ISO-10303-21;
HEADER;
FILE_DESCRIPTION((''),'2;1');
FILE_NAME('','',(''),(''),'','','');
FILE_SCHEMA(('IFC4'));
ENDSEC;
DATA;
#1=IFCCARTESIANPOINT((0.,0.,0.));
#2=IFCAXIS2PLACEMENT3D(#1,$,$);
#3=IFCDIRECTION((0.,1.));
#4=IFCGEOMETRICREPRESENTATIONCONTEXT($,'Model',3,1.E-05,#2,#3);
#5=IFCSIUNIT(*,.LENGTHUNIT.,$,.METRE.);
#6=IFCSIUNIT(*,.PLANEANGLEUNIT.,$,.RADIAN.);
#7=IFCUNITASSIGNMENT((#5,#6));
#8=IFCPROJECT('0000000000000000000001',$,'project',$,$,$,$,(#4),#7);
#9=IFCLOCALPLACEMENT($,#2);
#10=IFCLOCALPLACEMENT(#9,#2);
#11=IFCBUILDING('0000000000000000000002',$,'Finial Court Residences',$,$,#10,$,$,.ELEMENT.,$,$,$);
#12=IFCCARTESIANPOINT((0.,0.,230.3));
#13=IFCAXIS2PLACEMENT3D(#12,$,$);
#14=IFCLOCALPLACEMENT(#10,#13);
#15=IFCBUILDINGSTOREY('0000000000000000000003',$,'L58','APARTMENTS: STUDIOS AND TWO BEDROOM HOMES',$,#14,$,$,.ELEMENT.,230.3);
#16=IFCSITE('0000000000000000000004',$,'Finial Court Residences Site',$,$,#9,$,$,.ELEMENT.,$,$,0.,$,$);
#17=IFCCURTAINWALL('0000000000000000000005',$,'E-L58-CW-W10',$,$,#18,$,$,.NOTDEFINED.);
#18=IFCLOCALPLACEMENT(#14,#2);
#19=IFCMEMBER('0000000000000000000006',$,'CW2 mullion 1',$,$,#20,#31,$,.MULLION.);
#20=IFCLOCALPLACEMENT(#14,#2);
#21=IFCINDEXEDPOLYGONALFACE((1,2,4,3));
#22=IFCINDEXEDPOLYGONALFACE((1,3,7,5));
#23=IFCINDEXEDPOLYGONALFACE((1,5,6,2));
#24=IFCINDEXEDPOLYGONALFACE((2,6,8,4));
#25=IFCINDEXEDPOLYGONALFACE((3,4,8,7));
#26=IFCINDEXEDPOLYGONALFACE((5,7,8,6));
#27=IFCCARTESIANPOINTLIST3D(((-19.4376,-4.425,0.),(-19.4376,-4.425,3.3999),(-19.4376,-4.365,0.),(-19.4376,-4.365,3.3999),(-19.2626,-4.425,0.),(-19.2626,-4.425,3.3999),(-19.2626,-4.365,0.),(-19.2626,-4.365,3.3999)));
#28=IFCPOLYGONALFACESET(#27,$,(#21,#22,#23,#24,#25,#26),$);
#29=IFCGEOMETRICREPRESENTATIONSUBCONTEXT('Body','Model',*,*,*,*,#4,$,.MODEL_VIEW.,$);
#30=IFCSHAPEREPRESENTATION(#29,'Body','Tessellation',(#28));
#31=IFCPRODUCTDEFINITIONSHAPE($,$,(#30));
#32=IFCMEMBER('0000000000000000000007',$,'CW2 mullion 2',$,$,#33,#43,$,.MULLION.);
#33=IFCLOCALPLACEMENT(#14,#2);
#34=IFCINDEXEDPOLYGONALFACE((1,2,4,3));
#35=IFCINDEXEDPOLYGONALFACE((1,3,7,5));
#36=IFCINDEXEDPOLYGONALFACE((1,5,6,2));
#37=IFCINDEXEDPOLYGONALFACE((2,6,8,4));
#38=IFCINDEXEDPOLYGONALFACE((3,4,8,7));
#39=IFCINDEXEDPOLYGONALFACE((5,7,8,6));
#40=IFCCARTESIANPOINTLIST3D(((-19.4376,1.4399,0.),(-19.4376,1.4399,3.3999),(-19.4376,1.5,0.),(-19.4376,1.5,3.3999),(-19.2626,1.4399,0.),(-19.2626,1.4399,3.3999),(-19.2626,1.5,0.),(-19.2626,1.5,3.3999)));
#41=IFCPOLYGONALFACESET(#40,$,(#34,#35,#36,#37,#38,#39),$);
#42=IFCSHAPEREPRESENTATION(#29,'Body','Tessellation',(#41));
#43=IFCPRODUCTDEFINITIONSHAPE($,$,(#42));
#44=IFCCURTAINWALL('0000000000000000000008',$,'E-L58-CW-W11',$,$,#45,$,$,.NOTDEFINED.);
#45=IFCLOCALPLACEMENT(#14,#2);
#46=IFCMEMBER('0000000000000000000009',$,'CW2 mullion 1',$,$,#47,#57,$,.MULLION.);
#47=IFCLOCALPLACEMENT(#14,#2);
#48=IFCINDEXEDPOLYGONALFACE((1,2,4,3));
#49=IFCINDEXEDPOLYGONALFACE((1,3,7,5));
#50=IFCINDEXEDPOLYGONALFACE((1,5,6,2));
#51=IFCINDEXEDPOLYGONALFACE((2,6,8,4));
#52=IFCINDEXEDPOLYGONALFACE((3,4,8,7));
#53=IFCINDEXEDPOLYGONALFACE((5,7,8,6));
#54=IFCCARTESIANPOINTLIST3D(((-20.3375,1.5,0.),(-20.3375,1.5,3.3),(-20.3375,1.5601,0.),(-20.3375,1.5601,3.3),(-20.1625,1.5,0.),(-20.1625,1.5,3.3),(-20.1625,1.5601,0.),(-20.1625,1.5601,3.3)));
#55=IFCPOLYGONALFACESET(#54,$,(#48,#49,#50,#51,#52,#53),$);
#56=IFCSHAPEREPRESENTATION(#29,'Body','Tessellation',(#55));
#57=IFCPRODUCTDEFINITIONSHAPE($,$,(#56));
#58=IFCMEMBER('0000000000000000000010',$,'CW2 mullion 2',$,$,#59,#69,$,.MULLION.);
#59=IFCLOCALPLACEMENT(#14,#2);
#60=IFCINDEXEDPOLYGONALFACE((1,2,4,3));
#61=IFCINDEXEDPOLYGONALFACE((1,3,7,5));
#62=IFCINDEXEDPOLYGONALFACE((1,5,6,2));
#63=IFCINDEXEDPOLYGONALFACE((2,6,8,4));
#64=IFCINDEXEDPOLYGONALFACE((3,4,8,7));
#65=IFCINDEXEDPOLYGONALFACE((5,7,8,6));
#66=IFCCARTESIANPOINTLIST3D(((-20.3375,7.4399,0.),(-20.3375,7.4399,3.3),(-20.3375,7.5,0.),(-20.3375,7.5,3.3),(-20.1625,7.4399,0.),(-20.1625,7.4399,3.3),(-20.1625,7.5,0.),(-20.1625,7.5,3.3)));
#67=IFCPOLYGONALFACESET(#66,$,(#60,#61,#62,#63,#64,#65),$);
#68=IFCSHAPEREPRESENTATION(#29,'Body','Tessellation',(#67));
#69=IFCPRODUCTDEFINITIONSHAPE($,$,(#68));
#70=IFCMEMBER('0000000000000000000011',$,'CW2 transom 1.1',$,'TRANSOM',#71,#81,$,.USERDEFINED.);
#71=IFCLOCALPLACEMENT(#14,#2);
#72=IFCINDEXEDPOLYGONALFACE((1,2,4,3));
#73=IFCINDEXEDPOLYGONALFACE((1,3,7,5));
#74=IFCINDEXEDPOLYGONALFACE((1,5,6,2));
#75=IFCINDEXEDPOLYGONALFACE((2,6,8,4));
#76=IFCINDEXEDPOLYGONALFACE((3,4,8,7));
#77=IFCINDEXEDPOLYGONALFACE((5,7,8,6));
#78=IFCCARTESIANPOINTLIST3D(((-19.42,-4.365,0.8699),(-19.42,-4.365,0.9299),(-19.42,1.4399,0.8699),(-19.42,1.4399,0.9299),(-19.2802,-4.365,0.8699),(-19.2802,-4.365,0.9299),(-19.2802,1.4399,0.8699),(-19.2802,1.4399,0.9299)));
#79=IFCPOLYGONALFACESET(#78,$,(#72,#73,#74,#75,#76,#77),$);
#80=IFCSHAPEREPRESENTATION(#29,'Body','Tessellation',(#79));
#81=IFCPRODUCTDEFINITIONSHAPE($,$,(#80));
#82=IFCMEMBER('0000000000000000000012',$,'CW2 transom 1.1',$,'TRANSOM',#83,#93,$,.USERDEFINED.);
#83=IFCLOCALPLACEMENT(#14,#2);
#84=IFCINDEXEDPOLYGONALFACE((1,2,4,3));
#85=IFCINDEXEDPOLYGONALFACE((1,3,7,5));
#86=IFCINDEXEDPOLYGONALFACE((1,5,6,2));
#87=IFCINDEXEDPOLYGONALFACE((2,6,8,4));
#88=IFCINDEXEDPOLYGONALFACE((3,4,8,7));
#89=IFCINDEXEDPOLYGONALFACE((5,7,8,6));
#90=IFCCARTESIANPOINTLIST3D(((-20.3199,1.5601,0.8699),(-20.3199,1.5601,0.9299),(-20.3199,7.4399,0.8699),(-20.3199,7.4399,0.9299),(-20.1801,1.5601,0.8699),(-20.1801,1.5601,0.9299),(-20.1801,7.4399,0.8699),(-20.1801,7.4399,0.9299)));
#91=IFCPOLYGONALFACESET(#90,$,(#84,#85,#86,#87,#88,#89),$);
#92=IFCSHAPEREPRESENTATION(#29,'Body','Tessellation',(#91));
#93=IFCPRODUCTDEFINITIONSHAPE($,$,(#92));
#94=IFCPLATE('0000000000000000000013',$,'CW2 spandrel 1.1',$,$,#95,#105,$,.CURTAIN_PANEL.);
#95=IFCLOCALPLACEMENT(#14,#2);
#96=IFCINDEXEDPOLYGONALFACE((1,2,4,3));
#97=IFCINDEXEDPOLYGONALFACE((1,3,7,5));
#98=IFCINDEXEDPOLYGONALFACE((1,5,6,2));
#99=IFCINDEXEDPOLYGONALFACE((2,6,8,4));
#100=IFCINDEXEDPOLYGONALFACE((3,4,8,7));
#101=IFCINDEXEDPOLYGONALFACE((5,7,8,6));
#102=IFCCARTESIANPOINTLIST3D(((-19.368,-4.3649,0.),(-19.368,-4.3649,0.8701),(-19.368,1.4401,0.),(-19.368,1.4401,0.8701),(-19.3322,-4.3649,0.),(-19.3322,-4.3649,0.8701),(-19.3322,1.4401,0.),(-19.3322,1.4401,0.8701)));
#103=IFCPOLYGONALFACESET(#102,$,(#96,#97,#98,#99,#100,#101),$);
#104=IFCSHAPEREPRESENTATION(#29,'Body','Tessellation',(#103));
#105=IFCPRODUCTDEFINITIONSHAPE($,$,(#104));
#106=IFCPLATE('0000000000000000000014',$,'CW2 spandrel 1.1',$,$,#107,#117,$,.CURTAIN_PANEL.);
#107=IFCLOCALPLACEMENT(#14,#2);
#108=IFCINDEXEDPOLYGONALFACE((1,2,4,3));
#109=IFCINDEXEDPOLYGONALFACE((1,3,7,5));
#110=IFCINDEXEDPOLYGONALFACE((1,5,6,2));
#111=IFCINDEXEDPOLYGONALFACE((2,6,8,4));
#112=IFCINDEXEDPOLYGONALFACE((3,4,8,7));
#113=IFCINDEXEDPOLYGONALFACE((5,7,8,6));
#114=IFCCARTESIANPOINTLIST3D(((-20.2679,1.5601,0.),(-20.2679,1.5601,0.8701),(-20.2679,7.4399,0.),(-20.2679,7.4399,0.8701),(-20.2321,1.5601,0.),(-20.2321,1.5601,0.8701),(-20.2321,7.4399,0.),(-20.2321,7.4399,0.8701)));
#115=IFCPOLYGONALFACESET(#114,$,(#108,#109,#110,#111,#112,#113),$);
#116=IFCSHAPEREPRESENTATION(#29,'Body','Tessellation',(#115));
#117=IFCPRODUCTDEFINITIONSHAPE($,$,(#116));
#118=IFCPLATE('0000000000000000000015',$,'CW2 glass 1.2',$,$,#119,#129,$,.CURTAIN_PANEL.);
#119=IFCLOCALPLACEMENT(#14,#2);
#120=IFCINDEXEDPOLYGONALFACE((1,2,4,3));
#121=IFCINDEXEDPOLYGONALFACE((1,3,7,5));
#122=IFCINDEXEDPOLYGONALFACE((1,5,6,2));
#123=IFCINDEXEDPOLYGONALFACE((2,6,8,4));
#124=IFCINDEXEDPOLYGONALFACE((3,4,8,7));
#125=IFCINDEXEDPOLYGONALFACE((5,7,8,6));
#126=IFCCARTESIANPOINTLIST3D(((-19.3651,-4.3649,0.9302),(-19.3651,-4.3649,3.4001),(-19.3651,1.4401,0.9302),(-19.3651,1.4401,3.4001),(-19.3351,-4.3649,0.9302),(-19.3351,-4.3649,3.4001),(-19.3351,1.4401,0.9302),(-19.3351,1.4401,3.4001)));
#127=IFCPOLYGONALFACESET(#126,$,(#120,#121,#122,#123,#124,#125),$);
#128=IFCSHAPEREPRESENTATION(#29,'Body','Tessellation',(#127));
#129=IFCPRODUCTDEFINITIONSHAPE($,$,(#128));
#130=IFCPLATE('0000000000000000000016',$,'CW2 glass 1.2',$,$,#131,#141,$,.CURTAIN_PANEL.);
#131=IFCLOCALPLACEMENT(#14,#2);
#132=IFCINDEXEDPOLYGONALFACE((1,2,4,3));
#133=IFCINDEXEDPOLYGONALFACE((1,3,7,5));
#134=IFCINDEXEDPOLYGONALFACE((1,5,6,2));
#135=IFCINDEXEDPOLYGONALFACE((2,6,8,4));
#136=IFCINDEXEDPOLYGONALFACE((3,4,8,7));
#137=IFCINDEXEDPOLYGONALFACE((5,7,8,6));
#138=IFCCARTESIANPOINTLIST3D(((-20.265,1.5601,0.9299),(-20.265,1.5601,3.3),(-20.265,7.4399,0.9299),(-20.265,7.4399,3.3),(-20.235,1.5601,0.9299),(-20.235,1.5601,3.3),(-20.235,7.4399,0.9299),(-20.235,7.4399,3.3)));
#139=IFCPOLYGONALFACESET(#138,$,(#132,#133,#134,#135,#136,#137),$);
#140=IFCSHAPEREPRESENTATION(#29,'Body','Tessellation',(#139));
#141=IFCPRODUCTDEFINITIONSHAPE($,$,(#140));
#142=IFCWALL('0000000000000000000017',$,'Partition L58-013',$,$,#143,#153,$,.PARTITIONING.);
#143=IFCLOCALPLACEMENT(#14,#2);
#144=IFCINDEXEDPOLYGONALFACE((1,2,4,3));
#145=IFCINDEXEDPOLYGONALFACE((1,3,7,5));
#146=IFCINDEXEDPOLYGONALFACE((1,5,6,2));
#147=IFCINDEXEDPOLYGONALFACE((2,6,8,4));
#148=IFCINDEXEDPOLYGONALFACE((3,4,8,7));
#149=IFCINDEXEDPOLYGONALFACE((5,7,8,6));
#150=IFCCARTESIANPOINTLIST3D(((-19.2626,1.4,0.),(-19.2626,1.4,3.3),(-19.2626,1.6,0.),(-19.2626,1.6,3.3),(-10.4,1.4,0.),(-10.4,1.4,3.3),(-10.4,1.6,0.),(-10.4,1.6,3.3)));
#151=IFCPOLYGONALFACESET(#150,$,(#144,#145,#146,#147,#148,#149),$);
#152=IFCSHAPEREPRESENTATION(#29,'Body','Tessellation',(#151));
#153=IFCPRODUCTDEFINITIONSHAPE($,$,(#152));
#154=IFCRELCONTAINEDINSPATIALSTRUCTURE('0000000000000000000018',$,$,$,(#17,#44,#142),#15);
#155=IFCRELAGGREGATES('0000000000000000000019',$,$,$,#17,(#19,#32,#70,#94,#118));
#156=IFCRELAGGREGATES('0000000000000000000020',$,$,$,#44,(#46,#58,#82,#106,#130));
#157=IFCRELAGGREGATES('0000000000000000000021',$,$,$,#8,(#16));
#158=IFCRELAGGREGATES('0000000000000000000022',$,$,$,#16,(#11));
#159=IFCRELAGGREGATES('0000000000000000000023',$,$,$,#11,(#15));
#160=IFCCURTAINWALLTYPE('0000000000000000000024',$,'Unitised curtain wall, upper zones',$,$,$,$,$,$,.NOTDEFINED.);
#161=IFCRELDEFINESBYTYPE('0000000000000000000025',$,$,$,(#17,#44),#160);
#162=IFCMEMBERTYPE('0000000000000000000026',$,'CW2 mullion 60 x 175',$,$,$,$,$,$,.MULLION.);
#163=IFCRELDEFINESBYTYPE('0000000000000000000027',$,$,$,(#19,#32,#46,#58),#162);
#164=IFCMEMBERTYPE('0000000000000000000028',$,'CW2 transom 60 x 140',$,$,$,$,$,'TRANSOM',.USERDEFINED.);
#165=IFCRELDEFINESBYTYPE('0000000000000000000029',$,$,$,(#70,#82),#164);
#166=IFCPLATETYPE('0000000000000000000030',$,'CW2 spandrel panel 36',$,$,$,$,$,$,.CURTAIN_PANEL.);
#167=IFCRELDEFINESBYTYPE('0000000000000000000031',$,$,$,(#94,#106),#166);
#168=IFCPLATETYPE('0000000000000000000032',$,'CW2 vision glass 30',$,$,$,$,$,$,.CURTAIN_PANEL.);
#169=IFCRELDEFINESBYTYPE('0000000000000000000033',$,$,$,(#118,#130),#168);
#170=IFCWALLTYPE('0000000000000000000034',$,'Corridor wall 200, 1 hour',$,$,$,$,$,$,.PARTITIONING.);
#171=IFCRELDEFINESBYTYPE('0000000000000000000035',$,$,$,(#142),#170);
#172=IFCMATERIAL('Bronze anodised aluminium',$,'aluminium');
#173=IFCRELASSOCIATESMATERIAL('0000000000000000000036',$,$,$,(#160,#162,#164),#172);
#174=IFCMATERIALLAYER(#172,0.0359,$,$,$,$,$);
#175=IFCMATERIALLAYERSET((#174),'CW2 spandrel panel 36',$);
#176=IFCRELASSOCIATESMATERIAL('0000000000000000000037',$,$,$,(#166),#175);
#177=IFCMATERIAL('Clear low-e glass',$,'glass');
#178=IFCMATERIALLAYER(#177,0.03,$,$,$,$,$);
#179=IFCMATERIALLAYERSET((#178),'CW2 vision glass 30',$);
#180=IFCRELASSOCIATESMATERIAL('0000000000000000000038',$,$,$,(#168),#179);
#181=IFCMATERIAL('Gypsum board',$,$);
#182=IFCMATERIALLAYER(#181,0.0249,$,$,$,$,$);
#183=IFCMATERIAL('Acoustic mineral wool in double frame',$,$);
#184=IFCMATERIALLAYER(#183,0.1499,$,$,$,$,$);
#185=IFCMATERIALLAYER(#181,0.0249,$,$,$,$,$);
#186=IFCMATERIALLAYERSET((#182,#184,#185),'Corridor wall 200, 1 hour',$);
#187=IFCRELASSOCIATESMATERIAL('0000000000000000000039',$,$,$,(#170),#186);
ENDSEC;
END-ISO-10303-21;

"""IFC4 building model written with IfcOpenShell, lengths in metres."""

from ifc_helpers import new_model, si_unit, direction, frame, frame_2d, origin, origin_2d, place, context, subcontext, project, spatial, rectangle, extrude, material, layer, layer_set, material_profile, profile_set, type_object, element, aggregate, save


model = new_model("IFC4")

# Units and contexts
model_context = context("Model", 3, precision=1e-05, world=origin(), true_north=direction((0.0, 1.0)))
body_context = subcontext(model_context, "Body", "Model", "MODEL_VIEW")
ifc_project = project(units=[si_unit("LENGTHUNIT", "METRE"), si_unit("PLANEANGLEUNIT", "RADIAN")], contexts=[model_context])

# Site, building, storey
site_placement = place(None, origin())
site = spatial("IfcSite", under=ifc_project, at=site_placement, Name="Finial Court Residences Site", CompositionType="ELEMENT", RefElevation=0.0)
building_placement = place(site_placement, origin())
building = spatial("IfcBuilding", under=site, at=building_placement, Name="Finial Court Residences", CompositionType="ELEMENT")
storey_placement = place(building_placement, frame((0.0, 0.0, 230.3)))
storey = spatial("IfcBuildingStorey", under=building, at=storey_placement, Name="L58", Description="APARTMENTS: STUDIOS AND TWO BEDROOM HOMES", CompositionType="ELEMENT", Elevation=230.3)

# Curtain walls, members
ifc_material_1 = material(Name="Bronze anodised aluminium", Category="aluminium")
curtain_wall_type = type_object("IfcCurtainWallType", Name="Unitised curtain wall, upper zones", PredefinedType="NOTDEFINED", material=ifc_material_1)
curtain_wall_1_placement = place(storey_placement, origin())
curtain_wall_1 = element("IfcCurtainWall", 1, at=curtain_wall_1_placement, inside=storey, type_object=curtain_wall_type, Name="E-L58-CW-W10", PredefinedType="NOTDEFINED")
ifc_material_profile_1 = material_profile(ifc_material_1, rectangle(XDim=0.175, YDim=0.0601, at=origin_2d()), Name="CW2 mullion 60 x 175")
ifc_profile_set_1 = profile_set([ifc_material_profile_1], Name="Bronze anodised aluminium")
member_type_1 = type_object("IfcMemberType", Name="CW2 mullion 60 x 175", PredefinedType="MULLION", material=ifc_profile_set_1)
member_1_placement = place(storey_placement, frame((-19.3501, -4.395, 0.0), z_axis=(0.0, 0.0, 1.0), x_axis=(-1.0, 0.0, 0.0)))
member_1 = element("IfcMember", 2, at=member_1_placement, type_object=member_type_1, Name="CW2 mullion 1", PredefinedType="MULLION", context=body_context, shape_type="SweptSolid", body=[
    extrude(rectangle(XDim=0.175, YDim=0.0601, at=origin_2d()), origin(), (0.0, 0.0, 1.0), 3.3999),
])
member_2_placement = place(storey_placement, frame((-19.3501, 1.47, 0.0), z_axis=(0.0, 0.0, 1.0), x_axis=(-1.0, 0.0, 0.0)))
member_2 = element("IfcMember", 3, at=member_2_placement, type_object=member_type_1, Name="CW2 mullion 2", PredefinedType="MULLION", context=body_context, shape_type="SweptSolid", body=[
    extrude(rectangle(XDim=0.175, YDim=0.0601, at=origin_2d()), origin(), (0.0, 0.0, 1.0), 3.3999),
])
curtain_wall_2_placement = place(storey_placement, origin())
curtain_wall_2 = element("IfcCurtainWall", 4, at=curtain_wall_2_placement, inside=storey, type_object=curtain_wall_type, Name="E-L58-CW-W11", PredefinedType="NOTDEFINED")
member_3_placement = place(storey_placement, frame((-20.25, 1.53, 0.0), z_axis=(0.0, 0.0, 1.0), x_axis=(-1.0, 0.0, 0.0)))
member_3 = element("IfcMember", 5, at=member_3_placement, type_object=member_type_1, Name="CW2 mullion 1", PredefinedType="MULLION", context=body_context, shape_type="SweptSolid", body=[
    extrude(rectangle(XDim=0.175, YDim=0.0601, at=origin_2d()), origin(), (0.0, 0.0, 1.0), 3.3),
])
member_4_placement = place(storey_placement, frame((-20.25, 7.47, 0.0), z_axis=(0.0, 0.0, 1.0), x_axis=(-1.0, 0.0, 0.0)))
member_4 = element("IfcMember", 6, at=member_4_placement, type_object=member_type_1, Name="CW2 mullion 2", PredefinedType="MULLION", context=body_context, shape_type="SweptSolid", body=[
    extrude(rectangle(XDim=0.175, YDim=0.0601, at=origin_2d()), origin(), (0.0, 0.0, 1.0), 3.3),
])

# Members
ifc_material_profile_2 = material_profile(ifc_material_1, rectangle(XDim=0.1399, YDim=0.0601, at=origin_2d()), Name="CW2 transom 60 x 140")
ifc_profile_set_2 = profile_set([ifc_material_profile_2], Name="Bronze anodised aluminium")
member_type_2 = type_object("IfcMemberType", Name="CW2 transom 60 x 140", ElementType="TRANSOM", PredefinedType="USERDEFINED", material=ifc_profile_set_2)
member_5_placement = place(storey_placement, frame((-19.3501, -4.365, 0.8999), z_axis=(0.0, 1.0, 0.0), x_axis=(-1.0, 0.0, 0.0)))
member_5 = element("IfcMember", 7, at=member_5_placement, type_object=member_type_2, Name="CW2 transom 1.1", ObjectType="TRANSOM", PredefinedType="USERDEFINED", context=body_context, shape_type="SweptSolid", body=[
    extrude(rectangle(XDim=0.1399, YDim=0.0601, at=origin_2d()), origin(), (0.0, 0.0, 1.0), 5.8049),
])
member_6_placement = place(storey_placement, frame((-20.25, 1.5601, 0.8999), z_axis=(0.0, 1.0, 0.0), x_axis=(-1.0, 0.0, 0.0)))
member_6 = element("IfcMember", 8, at=member_6_placement, type_object=member_type_2, Name="CW2 transom 1.1", ObjectType="TRANSOM", PredefinedType="USERDEFINED", context=body_context, shape_type="SweptSolid", body=[
    extrude(rectangle(XDim=0.1399, YDim=0.0601, at=origin_2d()), origin(), (0.0, 0.0, 1.0), 5.8799),
])

# Plates
ifc_layer_1 = layer(ifc_material_1, 0.0359)
ifc_layer_set_1 = layer_set([ifc_layer_1], Name="CW2 spandrel panel 36")
plate_type_1 = type_object("IfcPlateType", Name="CW2 spandrel panel 36", PredefinedType="CURTAIN_PANEL", material=ifc_layer_set_1)
plate_1_placement = place(storey_placement, frame((-19.3501, -1.4624, 0.0), z_axis=(0.0, 0.0, 1.0), x_axis=(0.0, 1.0, 0.0)))
plate_1 = element("IfcPlate", 9, at=plate_1_placement, type_object=plate_type_1, Name="CW2 spandrel 1.1", PredefinedType="CURTAIN_PANEL", context=body_context, shape_type="SweptSolid", body=[
    extrude(rectangle(XDim=5.8049, YDim=0.0359, at=origin_2d()), origin(), (0.0, 0.0, 1.0), 0.8701),
])
plate_2_placement = place(storey_placement, frame((-20.25, 4.5, 0.0), z_axis=(0.0, 0.0, 1.0), x_axis=(0.0, 1.0, 0.0)))
plate_2 = element("IfcPlate", 10, at=plate_2_placement, type_object=plate_type_1, Name="CW2 spandrel 1.1", PredefinedType="CURTAIN_PANEL", context=body_context, shape_type="SweptSolid", body=[
    extrude(rectangle(XDim=5.8799, YDim=0.0359, at=origin_2d()), origin(), (0.0, 0.0, 1.0), 0.8701),
])
ifc_material_2 = material(Name="Clear low-e glass", Category="glass")
ifc_layer_2 = layer(ifc_material_2, 0.03)
ifc_layer_set_2 = layer_set([ifc_layer_2], Name="CW2 vision glass 30")
plate_type_2 = type_object("IfcPlateType", Name="CW2 vision glass 30", PredefinedType="CURTAIN_PANEL", material=ifc_layer_set_2)
plate_3_placement = place(storey_placement, frame((-19.3501, -1.4624, 0.9302), z_axis=(0.0, 0.0, 1.0), x_axis=(0.0, 1.0, 0.0)))
plate_3 = element("IfcPlate", 11, at=plate_3_placement, type_object=plate_type_2, Name="CW2 glass 1.2", PredefinedType="CURTAIN_PANEL", context=body_context, shape_type="SweptSolid", body=[
    extrude(rectangle(XDim=5.8049, YDim=0.03, at=origin_2d()), origin(), (0.0, 0.0, 1.0), 2.47),
])
aggregate(curtain_wall_1, [member_1, member_2, member_5, plate_1, plate_3])
plate_4_placement = place(storey_placement, frame((-20.25, 4.5, 0.9299), z_axis=(0.0, 0.0, 1.0), x_axis=(0.0, 1.0, 0.0)))
plate_4 = element("IfcPlate", 12, at=plate_4_placement, type_object=plate_type_2, Name="CW2 glass 1.2", PredefinedType="CURTAIN_PANEL", context=body_context, shape_type="SweptSolid", body=[
    extrude(rectangle(XDim=5.8799, YDim=0.03, at=origin_2d()), origin(), (0.0, 0.0, 1.0), 2.3701),
])
aggregate(curtain_wall_2, [member_3, member_4, member_6, plate_2, plate_4])

# Wall
ifc_material_3 = material(Name="Gypsum board")
ifc_layer_3 = layer(ifc_material_3, 0.0249)
ifc_material_4 = material(Name="Acoustic mineral wool in double frame")
ifc_layer_4 = layer(ifc_material_4, 0.1499)
ifc_layer_5 = layer(ifc_material_3, 0.0249)
ifc_layer_set_3 = layer_set([ifc_layer_3, ifc_layer_4, ifc_layer_5], Name="Corridor wall 200, 1 hour")
wall_type_1 = type_object("IfcWallType", Name="Corridor wall 200, 1 hour", PredefinedType="PARTITIONING", material=ifc_layer_set_3)
wall_1_placement = place(storey_placement, frame((-19.2625, 1.5, 0.0), z_axis=(0.0, 0.0, 1.0), x_axis=(1.0, 0.0, 0.0)))
element("IfcWall", 13, at=wall_1_placement, inside=storey, type_object=wall_type_1, Name="Partition L58-013", PredefinedType="PARTITIONING", context=body_context, shape_type="SweptSolid", body=[
    extrude(rectangle(XDim=8.8625, YDim=0.2, at=frame_2d((4.4312, 0.0))), origin(), (0.0, 0.0, 1.0), 3.3),
])

save(model, "model.ifc")
